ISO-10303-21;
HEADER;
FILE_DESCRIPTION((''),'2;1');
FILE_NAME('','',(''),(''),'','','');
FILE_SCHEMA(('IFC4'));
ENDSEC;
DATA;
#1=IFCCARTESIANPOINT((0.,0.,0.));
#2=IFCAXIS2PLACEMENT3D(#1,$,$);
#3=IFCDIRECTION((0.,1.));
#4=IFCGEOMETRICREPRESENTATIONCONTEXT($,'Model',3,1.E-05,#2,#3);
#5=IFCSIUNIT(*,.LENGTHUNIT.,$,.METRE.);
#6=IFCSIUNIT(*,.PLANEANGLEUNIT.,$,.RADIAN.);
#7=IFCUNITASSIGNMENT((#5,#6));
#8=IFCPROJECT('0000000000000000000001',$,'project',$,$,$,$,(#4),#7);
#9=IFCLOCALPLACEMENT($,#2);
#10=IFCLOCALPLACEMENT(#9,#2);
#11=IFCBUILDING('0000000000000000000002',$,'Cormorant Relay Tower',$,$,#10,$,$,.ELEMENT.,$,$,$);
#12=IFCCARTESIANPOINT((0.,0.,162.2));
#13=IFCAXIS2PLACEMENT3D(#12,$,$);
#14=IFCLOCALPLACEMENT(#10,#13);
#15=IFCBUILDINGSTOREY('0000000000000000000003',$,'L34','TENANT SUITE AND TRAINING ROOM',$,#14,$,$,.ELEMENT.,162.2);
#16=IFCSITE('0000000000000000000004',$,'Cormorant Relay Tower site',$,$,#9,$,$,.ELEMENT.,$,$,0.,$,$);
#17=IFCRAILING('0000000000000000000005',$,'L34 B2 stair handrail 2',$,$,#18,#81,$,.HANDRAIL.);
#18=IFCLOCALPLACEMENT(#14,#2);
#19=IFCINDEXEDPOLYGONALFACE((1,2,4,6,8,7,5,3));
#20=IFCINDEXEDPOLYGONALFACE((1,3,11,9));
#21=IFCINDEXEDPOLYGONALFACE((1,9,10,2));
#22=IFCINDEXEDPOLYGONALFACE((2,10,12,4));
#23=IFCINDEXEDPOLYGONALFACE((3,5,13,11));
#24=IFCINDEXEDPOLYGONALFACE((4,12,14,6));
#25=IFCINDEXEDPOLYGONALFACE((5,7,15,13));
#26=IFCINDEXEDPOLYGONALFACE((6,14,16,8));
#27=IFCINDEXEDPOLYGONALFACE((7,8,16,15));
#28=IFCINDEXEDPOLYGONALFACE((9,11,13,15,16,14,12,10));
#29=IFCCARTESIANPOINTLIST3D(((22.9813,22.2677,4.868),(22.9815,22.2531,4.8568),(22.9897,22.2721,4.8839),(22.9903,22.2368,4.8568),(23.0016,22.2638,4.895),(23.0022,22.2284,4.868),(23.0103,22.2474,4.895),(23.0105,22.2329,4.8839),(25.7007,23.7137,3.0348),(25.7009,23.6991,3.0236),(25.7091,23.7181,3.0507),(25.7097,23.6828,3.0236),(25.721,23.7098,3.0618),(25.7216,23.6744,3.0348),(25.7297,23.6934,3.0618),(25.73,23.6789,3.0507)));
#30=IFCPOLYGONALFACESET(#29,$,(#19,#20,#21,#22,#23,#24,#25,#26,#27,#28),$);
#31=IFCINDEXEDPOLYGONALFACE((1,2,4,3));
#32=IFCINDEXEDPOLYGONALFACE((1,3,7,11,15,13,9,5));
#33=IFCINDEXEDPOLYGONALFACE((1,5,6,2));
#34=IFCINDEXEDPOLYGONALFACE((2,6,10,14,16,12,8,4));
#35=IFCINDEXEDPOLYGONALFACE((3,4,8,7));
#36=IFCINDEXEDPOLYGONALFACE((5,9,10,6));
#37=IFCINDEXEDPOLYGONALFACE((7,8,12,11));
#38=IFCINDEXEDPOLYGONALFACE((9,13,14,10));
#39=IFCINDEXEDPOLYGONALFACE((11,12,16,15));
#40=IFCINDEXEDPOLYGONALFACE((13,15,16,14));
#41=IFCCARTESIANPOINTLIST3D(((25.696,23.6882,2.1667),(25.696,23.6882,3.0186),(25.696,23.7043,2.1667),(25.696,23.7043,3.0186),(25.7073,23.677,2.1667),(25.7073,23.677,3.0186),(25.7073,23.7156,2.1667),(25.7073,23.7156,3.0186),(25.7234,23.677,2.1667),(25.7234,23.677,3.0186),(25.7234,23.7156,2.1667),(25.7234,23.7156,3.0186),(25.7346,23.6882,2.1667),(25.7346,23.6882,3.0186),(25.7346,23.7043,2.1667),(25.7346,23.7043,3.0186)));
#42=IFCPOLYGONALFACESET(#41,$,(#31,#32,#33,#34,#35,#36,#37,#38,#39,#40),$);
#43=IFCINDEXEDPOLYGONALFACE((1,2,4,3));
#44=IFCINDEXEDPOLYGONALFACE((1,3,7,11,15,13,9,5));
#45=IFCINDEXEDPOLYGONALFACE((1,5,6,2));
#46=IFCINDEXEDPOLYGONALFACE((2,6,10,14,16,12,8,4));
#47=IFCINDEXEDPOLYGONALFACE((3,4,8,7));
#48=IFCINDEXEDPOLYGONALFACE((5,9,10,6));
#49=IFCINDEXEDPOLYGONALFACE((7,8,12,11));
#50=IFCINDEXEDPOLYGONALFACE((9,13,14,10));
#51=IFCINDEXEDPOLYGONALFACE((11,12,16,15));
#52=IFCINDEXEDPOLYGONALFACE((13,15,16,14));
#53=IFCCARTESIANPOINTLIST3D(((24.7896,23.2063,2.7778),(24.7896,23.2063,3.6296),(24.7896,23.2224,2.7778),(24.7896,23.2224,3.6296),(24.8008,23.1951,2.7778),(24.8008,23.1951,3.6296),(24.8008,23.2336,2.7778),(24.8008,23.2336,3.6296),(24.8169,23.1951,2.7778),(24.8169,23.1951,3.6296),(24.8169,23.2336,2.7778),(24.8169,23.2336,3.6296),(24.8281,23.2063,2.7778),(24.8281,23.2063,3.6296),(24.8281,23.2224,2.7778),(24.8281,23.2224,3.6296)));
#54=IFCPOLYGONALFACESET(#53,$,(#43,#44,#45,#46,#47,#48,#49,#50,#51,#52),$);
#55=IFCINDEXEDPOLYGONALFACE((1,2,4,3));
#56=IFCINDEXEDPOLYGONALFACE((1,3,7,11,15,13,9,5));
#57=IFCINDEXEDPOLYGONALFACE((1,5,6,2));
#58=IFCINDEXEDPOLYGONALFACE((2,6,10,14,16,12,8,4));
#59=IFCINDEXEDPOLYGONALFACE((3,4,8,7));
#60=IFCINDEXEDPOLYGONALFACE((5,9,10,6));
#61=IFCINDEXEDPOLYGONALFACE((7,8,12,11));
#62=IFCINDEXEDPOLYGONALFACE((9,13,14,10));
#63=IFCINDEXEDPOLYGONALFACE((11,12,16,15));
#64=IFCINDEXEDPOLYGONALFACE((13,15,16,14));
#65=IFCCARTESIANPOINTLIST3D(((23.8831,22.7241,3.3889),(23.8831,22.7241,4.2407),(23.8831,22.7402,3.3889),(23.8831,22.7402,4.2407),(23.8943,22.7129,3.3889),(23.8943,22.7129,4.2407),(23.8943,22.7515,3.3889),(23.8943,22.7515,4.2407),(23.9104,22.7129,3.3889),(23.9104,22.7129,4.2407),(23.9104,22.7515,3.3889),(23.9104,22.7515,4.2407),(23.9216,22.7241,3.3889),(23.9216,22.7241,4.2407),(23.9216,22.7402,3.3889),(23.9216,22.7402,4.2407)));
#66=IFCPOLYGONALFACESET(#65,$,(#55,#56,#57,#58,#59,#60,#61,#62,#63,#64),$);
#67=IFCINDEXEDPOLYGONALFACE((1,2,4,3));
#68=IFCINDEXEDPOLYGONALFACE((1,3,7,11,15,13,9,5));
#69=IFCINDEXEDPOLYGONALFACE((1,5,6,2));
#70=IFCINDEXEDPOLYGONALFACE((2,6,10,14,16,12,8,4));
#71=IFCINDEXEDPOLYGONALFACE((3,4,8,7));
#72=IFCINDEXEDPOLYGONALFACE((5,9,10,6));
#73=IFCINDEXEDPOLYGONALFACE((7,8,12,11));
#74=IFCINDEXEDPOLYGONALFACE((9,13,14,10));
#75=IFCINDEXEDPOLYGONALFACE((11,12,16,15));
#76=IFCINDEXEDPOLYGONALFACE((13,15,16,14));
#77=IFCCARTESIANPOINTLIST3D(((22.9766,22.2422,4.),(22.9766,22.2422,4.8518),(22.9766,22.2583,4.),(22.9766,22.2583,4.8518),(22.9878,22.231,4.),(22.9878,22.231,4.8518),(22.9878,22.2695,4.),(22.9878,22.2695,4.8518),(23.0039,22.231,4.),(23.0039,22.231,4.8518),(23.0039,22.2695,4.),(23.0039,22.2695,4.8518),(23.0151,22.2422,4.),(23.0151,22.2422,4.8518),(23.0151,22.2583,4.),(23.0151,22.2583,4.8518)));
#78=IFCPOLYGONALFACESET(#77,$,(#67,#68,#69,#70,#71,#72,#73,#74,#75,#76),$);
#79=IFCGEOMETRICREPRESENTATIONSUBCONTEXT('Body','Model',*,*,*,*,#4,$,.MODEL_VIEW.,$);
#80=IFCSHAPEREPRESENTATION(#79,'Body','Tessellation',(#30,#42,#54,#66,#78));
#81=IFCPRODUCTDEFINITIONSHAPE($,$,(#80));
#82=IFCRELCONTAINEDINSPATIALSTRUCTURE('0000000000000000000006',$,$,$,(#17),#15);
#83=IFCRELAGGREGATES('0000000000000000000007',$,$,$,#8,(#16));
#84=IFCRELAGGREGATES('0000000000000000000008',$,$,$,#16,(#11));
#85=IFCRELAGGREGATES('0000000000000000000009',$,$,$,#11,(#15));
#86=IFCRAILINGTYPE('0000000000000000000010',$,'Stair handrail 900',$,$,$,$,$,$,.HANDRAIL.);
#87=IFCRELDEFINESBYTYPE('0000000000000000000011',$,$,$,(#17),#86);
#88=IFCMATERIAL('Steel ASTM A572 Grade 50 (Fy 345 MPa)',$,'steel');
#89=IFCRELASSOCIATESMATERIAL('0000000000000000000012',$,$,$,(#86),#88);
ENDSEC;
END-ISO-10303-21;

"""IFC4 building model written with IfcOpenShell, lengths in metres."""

from ifc_helpers import new_model, si_unit, direction, frame, origin, place, context, subcontext, project, spatial, polyline, outline, extrude, material, type_object, element, save


model = new_model("IFC4")

# Units and contexts
model_context = context("Model", 3, precision=1e-05, world=origin(), true_north=direction((0.0, 1.0)))
body_context = subcontext(model_context, "Body", "Model", "MODEL_VIEW")
ifc_project = project(units=[si_unit("LENGTHUNIT", "METRE"), si_unit("PLANEANGLEUNIT", "RADIAN")], contexts=[model_context])

# Site, building, storey
site_placement = place(None, origin())
site = spatial("IfcSite", under=ifc_project, at=site_placement, Name="Cormorant Relay Tower site", CompositionType="ELEMENT", RefElevation=0.0)
building_placement = place(site_placement, origin())
building = spatial("IfcBuilding", under=site, at=building_placement, Name="Cormorant Relay Tower", CompositionType="ELEMENT")
storey_placement = place(building_placement, frame((0.0, 0.0, 162.2)))
storey = spatial("IfcBuildingStorey", under=building, at=storey_placement, Name="L34", Description="TENANT SUITE AND TRAINING ROOM", CompositionType="ELEMENT", Elevation=162.2)

# Railing
ifc_material_1 = material(Name="Steel ASTM A572 Grade 50 (Fy 345 MPa)", Category="steel")
railing_type_1 = type_object("IfcRailingType", Name="Stair handrail 900", PredefinedType="HANDRAIL", material=ifc_material_1)
railing_1_placement = place(storey_placement, frame((25.7153, 23.6963, 2.1667)))
element("IfcRailing", 1, at=railing_1_placement, inside=storey, type_object=railing_type_1, Name="L34 B2 stair handrail 2", PredefinedType="HANDRAIL", context=body_context, shape_type="SweptSolid", body=[
    extrude(outline(polyline([(0.0222, 0.0093), (0.0093, 0.0222), (-0.0093, 0.0222), (-0.0222, 0.0093), (-0.0222, -0.0093), (-0.0093, -0.0222), (0.0093, -0.0222), (0.0222, -0.0093), (0.0222, 0.0093)])), frame((0.0, 0.0, 0.876), z_axis=(-0.758714, -0.403435, 0.511463), x_axis=(0.469489, -0.882938, 0.0)), (0.0, 0.0, 1.0), 3.5842),
    extrude(outline(polyline([(0.0193, 0.0081), (0.0081, 0.0193), (-0.0081, 0.0193), (-0.0193, 0.0081), (-0.0193, -0.0081), (-0.0081, -0.0193), (0.0081, -0.0193), (0.0193, -0.0081), (0.0193, 0.0081)])), origin(), (0.0, 0.0, 1.0), 0.8518),
    extrude(outline(polyline([(0.0193, 0.0081), (0.0081, 0.0193), (-0.0081, 0.0193), (-0.0193, 0.0081), (-0.0193, -0.0081), (-0.0081, -0.0193), (0.0081, -0.0193), (0.0193, -0.0081), (0.0193, 0.0081)])), frame((-0.9065, -0.4819, 0.6111)), (0.0, 0.0, 1.0), 0.8518),
    extrude(outline(polyline([(0.0193, 0.0081), (0.0081, 0.0193), (-0.0081, 0.0193), (-0.0193, 0.0081), (-0.0193, -0.0081), (-0.0081, -0.0193), (0.0081, -0.0193), (0.0193, -0.0081), (0.0193, 0.0081)])), frame((-1.813, -0.9641, 1.2222)), (0.0, 0.0, 1.0), 0.8518),
    extrude(outline(polyline([(0.0193, 0.0081), (0.0081, 0.0193), (-0.0081, 0.0193), (-0.0193, 0.0081), (-0.0193, -0.0081), (-0.0081, -0.0193), (0.0081, -0.0193), (0.0193, -0.0081), (0.0193, 0.0081)])), frame((-2.7195, -1.446, 1.8333)), (0.0, 0.0, 1.0), 0.8518),
])

save(model, "model.ifc")
